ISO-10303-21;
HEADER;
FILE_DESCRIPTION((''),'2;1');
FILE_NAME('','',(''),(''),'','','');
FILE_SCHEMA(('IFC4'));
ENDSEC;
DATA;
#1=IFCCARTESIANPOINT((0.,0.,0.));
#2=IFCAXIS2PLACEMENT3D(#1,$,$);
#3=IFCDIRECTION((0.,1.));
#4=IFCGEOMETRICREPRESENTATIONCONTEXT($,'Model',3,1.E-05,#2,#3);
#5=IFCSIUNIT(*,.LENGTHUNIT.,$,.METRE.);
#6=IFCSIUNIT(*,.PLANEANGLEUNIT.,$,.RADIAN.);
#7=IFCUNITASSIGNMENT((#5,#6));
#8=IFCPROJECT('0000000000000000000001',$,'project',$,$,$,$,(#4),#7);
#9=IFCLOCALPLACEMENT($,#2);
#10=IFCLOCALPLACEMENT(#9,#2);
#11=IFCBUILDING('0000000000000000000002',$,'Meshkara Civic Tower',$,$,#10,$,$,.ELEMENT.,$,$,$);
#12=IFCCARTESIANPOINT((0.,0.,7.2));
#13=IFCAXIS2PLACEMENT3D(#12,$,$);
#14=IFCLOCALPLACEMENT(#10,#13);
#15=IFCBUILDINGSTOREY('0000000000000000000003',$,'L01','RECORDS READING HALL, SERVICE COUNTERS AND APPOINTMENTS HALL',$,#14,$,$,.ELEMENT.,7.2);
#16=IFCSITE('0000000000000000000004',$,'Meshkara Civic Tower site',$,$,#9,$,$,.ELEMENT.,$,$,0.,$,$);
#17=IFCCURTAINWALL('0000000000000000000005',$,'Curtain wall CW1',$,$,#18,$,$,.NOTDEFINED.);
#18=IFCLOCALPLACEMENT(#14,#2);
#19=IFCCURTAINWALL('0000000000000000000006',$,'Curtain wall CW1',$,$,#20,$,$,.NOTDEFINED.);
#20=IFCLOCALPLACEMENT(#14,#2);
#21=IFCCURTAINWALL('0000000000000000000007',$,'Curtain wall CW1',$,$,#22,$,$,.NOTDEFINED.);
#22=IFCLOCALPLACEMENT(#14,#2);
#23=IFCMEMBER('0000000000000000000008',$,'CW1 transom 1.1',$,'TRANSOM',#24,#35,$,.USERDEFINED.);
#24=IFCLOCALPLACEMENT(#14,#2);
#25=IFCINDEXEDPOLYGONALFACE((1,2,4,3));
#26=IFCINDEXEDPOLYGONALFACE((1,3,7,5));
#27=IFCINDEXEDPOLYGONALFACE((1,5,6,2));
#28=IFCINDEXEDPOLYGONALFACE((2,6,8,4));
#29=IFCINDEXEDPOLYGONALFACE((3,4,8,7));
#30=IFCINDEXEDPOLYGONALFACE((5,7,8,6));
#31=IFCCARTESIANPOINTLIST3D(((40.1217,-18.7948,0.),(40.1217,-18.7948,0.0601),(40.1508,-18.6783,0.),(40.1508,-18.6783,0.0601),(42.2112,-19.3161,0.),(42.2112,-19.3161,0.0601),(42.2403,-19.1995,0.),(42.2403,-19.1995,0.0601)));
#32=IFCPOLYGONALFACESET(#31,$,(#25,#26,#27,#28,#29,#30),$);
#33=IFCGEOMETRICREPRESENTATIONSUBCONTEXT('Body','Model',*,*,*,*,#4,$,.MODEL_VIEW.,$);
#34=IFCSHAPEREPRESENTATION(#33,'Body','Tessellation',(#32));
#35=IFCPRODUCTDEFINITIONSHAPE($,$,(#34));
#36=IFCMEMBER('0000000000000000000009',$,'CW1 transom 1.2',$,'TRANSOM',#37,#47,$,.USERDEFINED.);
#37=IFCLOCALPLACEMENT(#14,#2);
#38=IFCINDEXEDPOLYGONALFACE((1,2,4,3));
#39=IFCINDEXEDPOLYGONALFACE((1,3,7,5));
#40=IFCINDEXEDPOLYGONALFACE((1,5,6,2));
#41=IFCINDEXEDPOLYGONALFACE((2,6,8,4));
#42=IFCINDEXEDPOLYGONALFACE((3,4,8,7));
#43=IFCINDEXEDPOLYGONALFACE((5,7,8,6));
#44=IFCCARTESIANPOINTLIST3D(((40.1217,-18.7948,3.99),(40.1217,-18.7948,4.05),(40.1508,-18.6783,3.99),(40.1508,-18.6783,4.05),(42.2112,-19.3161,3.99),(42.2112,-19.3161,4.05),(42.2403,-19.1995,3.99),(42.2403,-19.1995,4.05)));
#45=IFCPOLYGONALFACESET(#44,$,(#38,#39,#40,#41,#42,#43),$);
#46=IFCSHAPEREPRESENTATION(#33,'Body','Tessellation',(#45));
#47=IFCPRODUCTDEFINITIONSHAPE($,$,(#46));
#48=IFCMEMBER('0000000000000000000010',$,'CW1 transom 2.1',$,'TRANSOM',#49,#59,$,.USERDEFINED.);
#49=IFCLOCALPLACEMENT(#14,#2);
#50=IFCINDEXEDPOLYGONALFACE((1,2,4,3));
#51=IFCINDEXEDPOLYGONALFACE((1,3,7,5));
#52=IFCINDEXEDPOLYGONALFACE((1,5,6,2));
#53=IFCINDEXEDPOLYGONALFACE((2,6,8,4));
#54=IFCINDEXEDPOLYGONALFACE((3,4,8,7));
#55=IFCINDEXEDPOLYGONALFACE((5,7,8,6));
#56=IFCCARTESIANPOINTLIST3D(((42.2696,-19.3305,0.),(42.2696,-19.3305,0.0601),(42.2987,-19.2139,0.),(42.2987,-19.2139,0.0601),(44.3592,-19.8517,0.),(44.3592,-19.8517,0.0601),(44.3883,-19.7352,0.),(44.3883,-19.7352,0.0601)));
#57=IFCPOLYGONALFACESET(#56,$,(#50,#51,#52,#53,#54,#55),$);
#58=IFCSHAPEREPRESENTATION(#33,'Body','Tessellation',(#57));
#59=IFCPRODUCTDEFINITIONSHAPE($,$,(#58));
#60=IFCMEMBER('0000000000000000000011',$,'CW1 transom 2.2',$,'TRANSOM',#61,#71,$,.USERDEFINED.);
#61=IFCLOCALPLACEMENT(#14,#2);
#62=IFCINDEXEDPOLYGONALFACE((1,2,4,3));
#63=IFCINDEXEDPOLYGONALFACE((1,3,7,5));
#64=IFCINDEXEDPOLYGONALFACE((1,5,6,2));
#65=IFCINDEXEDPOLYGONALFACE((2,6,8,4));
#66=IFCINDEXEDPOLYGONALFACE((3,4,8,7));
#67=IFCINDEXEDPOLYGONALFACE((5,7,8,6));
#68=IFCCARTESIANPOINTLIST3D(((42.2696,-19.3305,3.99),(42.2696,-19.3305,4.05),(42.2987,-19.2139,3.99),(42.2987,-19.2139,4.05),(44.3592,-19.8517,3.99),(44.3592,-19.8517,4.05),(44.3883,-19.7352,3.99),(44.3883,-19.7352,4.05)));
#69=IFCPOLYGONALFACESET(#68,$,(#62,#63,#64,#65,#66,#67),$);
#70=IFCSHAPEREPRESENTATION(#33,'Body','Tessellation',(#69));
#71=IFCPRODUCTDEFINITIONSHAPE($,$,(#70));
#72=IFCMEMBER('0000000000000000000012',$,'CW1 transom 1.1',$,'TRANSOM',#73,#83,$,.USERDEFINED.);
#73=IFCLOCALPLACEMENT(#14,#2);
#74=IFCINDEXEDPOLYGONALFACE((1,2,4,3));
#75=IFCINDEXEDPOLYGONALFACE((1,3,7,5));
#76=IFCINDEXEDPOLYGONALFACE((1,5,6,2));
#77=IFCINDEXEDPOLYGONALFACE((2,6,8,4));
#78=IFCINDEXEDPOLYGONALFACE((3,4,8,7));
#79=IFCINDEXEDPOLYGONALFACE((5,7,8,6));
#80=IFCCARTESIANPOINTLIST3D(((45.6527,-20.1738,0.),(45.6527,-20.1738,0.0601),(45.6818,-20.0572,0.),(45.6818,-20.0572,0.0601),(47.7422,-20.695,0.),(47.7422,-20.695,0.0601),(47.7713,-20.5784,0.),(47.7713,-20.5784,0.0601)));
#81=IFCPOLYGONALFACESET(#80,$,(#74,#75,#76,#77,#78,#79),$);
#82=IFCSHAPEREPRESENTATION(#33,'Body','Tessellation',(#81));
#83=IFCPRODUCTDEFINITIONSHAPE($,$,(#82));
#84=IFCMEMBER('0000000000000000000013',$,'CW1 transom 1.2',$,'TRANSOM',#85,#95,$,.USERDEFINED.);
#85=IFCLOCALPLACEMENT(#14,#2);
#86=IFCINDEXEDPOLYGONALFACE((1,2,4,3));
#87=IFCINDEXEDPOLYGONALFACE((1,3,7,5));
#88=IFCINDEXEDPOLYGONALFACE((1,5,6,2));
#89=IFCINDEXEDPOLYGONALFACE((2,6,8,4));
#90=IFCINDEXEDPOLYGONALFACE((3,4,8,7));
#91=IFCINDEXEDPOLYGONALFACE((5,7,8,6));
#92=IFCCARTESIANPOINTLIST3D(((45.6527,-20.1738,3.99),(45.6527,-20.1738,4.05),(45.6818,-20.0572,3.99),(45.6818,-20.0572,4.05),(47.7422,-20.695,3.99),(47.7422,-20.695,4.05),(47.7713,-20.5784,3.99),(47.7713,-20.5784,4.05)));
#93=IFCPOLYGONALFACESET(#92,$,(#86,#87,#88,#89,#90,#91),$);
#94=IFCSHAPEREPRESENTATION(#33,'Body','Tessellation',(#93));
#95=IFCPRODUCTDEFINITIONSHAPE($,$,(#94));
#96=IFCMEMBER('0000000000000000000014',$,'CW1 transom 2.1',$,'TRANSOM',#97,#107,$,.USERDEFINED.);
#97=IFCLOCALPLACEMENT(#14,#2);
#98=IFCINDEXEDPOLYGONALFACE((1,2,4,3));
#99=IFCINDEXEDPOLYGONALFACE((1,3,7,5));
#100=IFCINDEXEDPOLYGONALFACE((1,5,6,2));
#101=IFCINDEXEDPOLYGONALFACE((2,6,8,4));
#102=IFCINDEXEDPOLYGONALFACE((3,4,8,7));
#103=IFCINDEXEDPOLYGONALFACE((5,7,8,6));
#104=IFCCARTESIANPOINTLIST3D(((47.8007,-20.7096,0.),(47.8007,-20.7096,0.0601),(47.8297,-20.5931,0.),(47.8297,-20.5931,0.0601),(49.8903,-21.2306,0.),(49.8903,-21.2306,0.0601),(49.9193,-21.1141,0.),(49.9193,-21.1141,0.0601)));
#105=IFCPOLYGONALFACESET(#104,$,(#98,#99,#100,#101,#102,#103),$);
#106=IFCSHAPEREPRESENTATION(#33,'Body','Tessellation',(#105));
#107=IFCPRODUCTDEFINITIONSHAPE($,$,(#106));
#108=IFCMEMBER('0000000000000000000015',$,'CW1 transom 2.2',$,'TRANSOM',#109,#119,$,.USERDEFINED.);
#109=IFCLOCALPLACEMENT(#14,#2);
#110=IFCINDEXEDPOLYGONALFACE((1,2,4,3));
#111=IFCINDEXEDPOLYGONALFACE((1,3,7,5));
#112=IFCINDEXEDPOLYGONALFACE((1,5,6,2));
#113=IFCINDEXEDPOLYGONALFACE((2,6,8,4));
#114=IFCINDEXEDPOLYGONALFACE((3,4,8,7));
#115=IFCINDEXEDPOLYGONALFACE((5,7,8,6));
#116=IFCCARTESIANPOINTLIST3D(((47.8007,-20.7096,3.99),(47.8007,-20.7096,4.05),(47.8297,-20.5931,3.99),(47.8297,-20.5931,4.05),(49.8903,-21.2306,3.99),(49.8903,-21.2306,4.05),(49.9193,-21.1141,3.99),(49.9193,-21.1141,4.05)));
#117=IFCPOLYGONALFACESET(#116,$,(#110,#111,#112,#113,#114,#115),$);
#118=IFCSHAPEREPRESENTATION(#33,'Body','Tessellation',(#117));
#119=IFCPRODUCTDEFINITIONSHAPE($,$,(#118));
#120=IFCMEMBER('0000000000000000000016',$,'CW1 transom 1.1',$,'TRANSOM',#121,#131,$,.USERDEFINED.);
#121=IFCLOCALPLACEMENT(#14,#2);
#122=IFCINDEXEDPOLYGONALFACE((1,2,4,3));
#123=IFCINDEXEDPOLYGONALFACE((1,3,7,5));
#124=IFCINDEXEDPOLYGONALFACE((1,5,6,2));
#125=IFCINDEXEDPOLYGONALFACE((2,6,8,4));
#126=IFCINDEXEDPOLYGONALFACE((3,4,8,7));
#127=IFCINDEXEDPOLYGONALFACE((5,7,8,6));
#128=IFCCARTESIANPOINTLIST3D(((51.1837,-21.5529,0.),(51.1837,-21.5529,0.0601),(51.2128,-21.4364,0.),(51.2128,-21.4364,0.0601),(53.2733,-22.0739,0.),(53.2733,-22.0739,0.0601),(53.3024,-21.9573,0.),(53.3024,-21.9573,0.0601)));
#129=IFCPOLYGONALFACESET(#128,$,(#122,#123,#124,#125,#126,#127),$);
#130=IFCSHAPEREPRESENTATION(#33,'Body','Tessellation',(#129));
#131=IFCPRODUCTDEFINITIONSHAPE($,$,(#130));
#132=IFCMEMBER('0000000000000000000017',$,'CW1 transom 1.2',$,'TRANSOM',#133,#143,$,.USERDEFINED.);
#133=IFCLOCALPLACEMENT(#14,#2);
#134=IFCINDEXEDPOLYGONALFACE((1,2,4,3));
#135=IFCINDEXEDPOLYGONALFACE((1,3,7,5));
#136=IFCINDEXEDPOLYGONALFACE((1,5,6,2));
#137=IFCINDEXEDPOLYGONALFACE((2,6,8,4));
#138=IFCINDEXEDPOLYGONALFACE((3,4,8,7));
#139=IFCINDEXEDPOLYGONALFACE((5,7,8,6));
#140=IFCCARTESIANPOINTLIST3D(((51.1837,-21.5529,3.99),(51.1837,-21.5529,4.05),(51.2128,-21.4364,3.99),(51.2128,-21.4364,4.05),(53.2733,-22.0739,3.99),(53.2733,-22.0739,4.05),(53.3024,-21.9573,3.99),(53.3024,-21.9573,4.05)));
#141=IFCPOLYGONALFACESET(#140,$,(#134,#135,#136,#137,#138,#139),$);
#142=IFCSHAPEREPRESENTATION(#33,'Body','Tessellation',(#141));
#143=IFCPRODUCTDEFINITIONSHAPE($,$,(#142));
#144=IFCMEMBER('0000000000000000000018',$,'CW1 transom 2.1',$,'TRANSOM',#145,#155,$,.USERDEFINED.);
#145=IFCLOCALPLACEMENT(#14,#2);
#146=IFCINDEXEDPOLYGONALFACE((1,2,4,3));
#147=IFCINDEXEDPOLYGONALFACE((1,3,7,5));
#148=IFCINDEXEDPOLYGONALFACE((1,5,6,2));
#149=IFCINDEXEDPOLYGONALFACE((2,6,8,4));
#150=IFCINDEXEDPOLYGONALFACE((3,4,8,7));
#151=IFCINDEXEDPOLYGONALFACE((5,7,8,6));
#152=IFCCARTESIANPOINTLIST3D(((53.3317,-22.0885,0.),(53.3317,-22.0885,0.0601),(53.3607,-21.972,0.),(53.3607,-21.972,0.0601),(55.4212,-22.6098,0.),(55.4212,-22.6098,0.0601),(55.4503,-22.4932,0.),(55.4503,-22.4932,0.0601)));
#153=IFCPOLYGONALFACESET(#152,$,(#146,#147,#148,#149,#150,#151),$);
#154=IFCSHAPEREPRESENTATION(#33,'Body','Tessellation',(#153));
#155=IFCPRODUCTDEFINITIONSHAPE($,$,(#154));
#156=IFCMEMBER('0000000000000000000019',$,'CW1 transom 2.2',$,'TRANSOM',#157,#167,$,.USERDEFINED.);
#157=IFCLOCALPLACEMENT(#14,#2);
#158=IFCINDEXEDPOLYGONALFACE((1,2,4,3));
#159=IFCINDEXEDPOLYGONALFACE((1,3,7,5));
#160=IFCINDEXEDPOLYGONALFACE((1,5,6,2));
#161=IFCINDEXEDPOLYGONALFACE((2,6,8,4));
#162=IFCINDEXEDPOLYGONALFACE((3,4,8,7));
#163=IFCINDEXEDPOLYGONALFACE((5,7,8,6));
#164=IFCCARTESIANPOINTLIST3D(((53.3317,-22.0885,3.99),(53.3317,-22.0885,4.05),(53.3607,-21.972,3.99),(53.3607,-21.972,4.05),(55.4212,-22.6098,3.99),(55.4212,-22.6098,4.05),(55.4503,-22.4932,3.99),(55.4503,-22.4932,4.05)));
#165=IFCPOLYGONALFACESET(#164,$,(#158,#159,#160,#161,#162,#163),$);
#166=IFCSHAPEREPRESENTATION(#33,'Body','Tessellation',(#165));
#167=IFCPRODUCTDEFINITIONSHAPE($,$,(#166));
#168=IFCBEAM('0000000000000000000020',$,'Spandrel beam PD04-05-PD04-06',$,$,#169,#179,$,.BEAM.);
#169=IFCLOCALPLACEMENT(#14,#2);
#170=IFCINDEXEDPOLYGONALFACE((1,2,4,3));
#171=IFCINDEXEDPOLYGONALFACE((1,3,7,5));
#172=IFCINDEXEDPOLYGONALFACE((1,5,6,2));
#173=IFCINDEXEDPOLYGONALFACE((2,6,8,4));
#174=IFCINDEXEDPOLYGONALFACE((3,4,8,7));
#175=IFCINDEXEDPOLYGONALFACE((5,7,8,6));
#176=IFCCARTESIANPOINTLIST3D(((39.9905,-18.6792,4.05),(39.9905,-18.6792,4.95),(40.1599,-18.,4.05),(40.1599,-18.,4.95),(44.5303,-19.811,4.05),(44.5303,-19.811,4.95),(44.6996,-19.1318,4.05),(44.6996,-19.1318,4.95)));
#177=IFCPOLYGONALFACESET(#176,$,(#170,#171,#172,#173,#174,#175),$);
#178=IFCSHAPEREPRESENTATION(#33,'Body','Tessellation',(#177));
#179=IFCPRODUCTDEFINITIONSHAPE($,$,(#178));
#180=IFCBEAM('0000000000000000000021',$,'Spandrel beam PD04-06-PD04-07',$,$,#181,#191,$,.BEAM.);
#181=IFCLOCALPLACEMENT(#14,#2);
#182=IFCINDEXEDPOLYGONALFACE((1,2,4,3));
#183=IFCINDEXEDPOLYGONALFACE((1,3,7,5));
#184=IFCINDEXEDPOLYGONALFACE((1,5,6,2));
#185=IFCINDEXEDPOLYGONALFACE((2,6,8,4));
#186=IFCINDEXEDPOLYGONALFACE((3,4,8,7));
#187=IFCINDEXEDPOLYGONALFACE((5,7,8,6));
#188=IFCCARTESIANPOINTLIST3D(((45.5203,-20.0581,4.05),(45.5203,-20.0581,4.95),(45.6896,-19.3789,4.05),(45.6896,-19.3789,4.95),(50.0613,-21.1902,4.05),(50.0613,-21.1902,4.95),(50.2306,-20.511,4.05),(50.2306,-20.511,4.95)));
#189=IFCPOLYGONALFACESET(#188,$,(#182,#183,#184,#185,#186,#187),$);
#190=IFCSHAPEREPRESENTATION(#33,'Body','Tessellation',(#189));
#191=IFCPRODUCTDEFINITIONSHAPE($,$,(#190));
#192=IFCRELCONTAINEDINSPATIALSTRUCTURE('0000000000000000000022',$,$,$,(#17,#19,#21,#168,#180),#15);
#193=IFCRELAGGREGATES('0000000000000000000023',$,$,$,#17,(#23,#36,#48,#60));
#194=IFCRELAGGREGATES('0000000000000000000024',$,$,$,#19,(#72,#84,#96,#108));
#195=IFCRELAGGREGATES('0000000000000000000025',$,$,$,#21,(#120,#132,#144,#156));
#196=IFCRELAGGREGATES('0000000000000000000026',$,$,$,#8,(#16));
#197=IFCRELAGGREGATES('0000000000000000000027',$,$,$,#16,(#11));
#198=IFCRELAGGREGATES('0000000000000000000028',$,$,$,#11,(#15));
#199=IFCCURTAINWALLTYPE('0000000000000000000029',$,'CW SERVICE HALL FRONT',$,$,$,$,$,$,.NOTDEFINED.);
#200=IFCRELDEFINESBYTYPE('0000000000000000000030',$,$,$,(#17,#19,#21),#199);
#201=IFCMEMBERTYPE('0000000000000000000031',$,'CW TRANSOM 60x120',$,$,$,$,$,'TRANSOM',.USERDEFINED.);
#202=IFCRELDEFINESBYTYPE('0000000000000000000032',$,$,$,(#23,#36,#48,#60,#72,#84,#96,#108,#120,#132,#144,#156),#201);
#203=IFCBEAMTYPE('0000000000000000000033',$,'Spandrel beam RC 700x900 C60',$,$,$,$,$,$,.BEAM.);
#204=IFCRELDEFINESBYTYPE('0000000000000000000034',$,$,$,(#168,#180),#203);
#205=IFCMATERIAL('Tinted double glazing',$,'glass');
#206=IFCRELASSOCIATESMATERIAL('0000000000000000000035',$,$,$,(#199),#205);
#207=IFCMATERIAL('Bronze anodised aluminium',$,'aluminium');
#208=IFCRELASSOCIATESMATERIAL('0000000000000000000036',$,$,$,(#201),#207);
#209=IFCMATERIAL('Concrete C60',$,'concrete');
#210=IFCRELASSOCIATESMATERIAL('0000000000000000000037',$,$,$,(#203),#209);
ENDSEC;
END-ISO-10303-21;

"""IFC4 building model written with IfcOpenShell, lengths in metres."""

from ifc_helpers import new_model, si_unit, direction, frame, origin, origin_2d, place, context, subcontext, project, spatial, rectangle, extrude, material, material_profile, profile_set, type_object, element, aggregate, save


model = new_model("IFC4")

# Units and contexts
model_context = context("Model", 3, precision=1e-05, world=origin(), true_north=direction((0.0, 1.0)))
body_context = subcontext(model_context, "Body", "Model", "MODEL_VIEW")
ifc_project = project(units=[si_unit("LENGTHUNIT", "METRE"), si_unit("PLANEANGLEUNIT", "RADIAN")], contexts=[model_context])

# Site, building, storey
site_placement = place(None, origin())
site = spatial("IfcSite", under=ifc_project, at=site_placement, Name="Meshkara Civic Tower site", CompositionType="ELEMENT", RefElevation=0.0)
building_placement = place(site_placement, origin())
building = spatial("IfcBuilding", under=site, at=building_placement, Name="Meshkara Civic Tower", CompositionType="ELEMENT")
storey_placement = place(building_placement, frame((0.0, 0.0, 7.2)))
storey = spatial("IfcBuildingStorey", under=building, at=storey_placement, Name="L01", Description="RECORDS READING HALL, SERVICE COUNTERS AND APPOINTMENTS HALL", CompositionType="ELEMENT", Elevation=7.2)

# Shared definitions
ifc_material_1 = material(Name="Tinted double glazing", Category="glass")
curtain_wall_type = type_object("IfcCurtainWallType", Name="CW SERVICE HALL FRONT", PredefinedType="NOTDEFINED", material=ifc_material_1)

# Curtain walls
curtain_wall_1_placement = place(storey_placement, origin())
curtain_wall_1 = element("IfcCurtainWall", 1, at=curtain_wall_1_placement, inside=storey, type_object=curtain_wall_type, Name="Curtain wall CW1", PredefinedType="NOTDEFINED")
curtain_wall_2_placement = place(storey_placement, origin())
curtain_wall_2 = element("IfcCurtainWall", 2, at=curtain_wall_2_placement, inside=storey, type_object=curtain_wall_type, Name="Curtain wall CW1", PredefinedType="NOTDEFINED")
curtain_wall_3_placement = place(storey_placement, origin())
curtain_wall_3 = element("IfcCurtainWall", 3, at=curtain_wall_3_placement, inside=storey, type_object=curtain_wall_type, Name="Curtain wall CW1", PredefinedType="NOTDEFINED")

# Members
ifc_material_2 = material(Name="Bronze anodised aluminium", Category="aluminium")
ifc_material_profile_1 = material_profile(ifc_material_2, rectangle(XDim=0.1201, YDim=0.0601, at=origin_2d()))
ifc_profile_set_1 = profile_set([ifc_material_profile_1], Name="Bronze anodised aluminium")
member_type_1 = type_object("IfcMemberType", Name="CW TRANSOM 60x120", ElementType="TRANSOM", PredefinedType="USERDEFINED", material=ifc_profile_set_1)
member_1_placement = place(storey_placement, frame((40.1362, -18.7366, 0.03), z_axis=(0.970269, -0.242029, 0.0), x_axis=(0.242029, 0.970269, 0.0)))
member_1 = element("IfcMember", 4, at=member_1_placement, type_object=member_type_1, Name="CW1 transom 1.1", ObjectType="TRANSOM", PredefinedType="USERDEFINED", context=body_context, shape_type="SweptSolid", body=[
    extrude(rectangle(XDim=0.1201, YDim=0.0601, at=origin_2d()), origin(), (0.0, 0.0, 1.0), 2.1536),
])
member_2_placement = place(storey_placement, frame((40.1362, -18.7366, 4.02), z_axis=(0.970269, -0.242029, 0.0), x_axis=(0.242029, 0.970269, 0.0)))
member_2 = element("IfcMember", 5, at=member_2_placement, type_object=member_type_1, Name="CW1 transom 1.2", ObjectType="TRANSOM", PredefinedType="USERDEFINED", context=body_context, shape_type="SweptSolid", body=[
    extrude(rectangle(XDim=0.1201, YDim=0.0601, at=origin_2d()), origin(), (0.0, 0.0, 1.0), 2.1536),
])
member_3_placement = place(storey_placement, frame((42.2842, -19.2722, 0.03), z_axis=(0.970269, -0.242029, 0.0), x_axis=(0.242029, 0.970269, 0.0)))
member_3 = element("IfcMember", 6, at=member_3_placement, type_object=member_type_1, Name="CW1 transom 2.1", ObjectType="TRANSOM", PredefinedType="USERDEFINED", context=body_context, shape_type="SweptSolid", body=[
    extrude(rectangle(XDim=0.1201, YDim=0.0601, at=origin_2d()), origin(), (0.0, 0.0, 1.0), 2.1536),
])
member_4_placement = place(storey_placement, frame((42.2842, -19.2722, 4.02), z_axis=(0.970269, -0.242029, 0.0), x_axis=(0.242029, 0.970269, 0.0)))
member_4 = element("IfcMember", 7, at=member_4_placement, type_object=member_type_1, Name="CW1 transom 2.2", ObjectType="TRANSOM", PredefinedType="USERDEFINED", context=body_context, shape_type="SweptSolid", body=[
    extrude(rectangle(XDim=0.1201, YDim=0.0601, at=origin_2d()), origin(), (0.0, 0.0, 1.0), 2.1536),
])
member_5_placement = place(storey_placement, frame((45.6672, -20.1155, 0.03), z_axis=(0.970269, -0.242029, 0.0), x_axis=(0.242029, 0.970269, 0.0)))
member_5 = element("IfcMember", 8, at=member_5_placement, type_object=member_type_1, Name="CW1 transom 1.1", ObjectType="TRANSOM", PredefinedType="USERDEFINED", context=body_context, shape_type="SweptSolid", body=[
    extrude(rectangle(XDim=0.1201, YDim=0.0601, at=origin_2d()), origin(), (0.0, 0.0, 1.0), 2.1536),
])
member_6_placement = place(storey_placement, frame((45.6672, -20.1155, 4.02), z_axis=(0.970269, -0.242029, 0.0), x_axis=(0.242029, 0.970269, 0.0)))
member_6 = element("IfcMember", 9, at=member_6_placement, type_object=member_type_1, Name="CW1 transom 1.2", ObjectType="TRANSOM", PredefinedType="USERDEFINED", context=body_context, shape_type="SweptSolid", body=[
    extrude(rectangle(XDim=0.1201, YDim=0.0601, at=origin_2d()), origin(), (0.0, 0.0, 1.0), 2.1536),
])
member_7_placement = place(storey_placement, frame((47.8152, -20.6514, 0.03), z_axis=(0.970296, -0.241922, 0.0), x_axis=(0.241922, 0.970296, 0.0)))
member_7 = element("IfcMember", 10, at=member_7_placement, type_object=member_type_1, Name="CW1 transom 2.1", ObjectType="TRANSOM", PredefinedType="USERDEFINED", context=body_context, shape_type="SweptSolid", body=[
    extrude(rectangle(XDim=0.1201, YDim=0.0601, at=origin_2d()), origin(), (0.0, 0.0, 1.0), 2.1536),
])
member_8_placement = place(storey_placement, frame((47.8152, -20.6514, 4.02), z_axis=(0.970296, -0.241922, 0.0), x_axis=(0.241922, 0.970296, 0.0)))
member_8 = element("IfcMember", 11, at=member_8_placement, type_object=member_type_1, Name="CW1 transom 2.2", ObjectType="TRANSOM", PredefinedType="USERDEFINED", context=body_context, shape_type="SweptSolid", body=[
    extrude(rectangle(XDim=0.1201, YDim=0.0601, at=origin_2d()), origin(), (0.0, 0.0, 1.0), 2.1536),
])
member_9_placement = place(storey_placement, frame((51.1982, -21.4946, 0.03), z_axis=(0.970296, -0.241922, 0.0), x_axis=(0.241922, 0.970296, 0.0)))
member_9 = element("IfcMember", 12, at=member_9_placement, type_object=member_type_1, Name="CW1 transom 1.1", ObjectType="TRANSOM", PredefinedType="USERDEFINED", context=body_context, shape_type="SweptSolid", body=[
    extrude(rectangle(XDim=0.1201, YDim=0.0601, at=origin_2d()), origin(), (0.0, 0.0, 1.0), 2.1536),
])
member_10_placement = place(storey_placement, frame((51.1982, -21.4946, 4.02), z_axis=(0.970296, -0.241922, 0.0), x_axis=(0.241922, 0.970296, 0.0)))
member_10 = element("IfcMember", 13, at=member_10_placement, type_object=member_type_1, Name="CW1 transom 1.2", ObjectType="TRANSOM", PredefinedType="USERDEFINED", context=body_context, shape_type="SweptSolid", body=[
    extrude(rectangle(XDim=0.1201, YDim=0.0601, at=origin_2d()), origin(), (0.0, 0.0, 1.0), 2.1536),
])
member_11_placement = place(storey_placement, frame((53.3462, -22.0303, 0.03), z_axis=(0.970269, -0.242029, 0.0), x_axis=(0.242029, 0.970269, 0.0)))
member_11 = element("IfcMember", 14, at=member_11_placement, type_object=member_type_1, Name="CW1 transom 2.1", ObjectType="TRANSOM", PredefinedType="USERDEFINED", context=body_context, shape_type="SweptSolid", body=[
    extrude(rectangle(XDim=0.1201, YDim=0.0601, at=origin_2d()), origin(), (0.0, 0.0, 1.0), 2.1536),
])
member_12_placement = place(storey_placement, frame((53.3462, -22.0303, 4.02), z_axis=(0.970269, -0.242029, 0.0), x_axis=(0.242029, 0.970269, 0.0)))
member_12 = element("IfcMember", 15, at=member_12_placement, type_object=member_type_1, Name="CW1 transom 2.2", ObjectType="TRANSOM", PredefinedType="USERDEFINED", context=body_context, shape_type="SweptSolid", body=[
    extrude(rectangle(XDim=0.1201, YDim=0.0601, at=origin_2d()), origin(), (0.0, 0.0, 1.0), 2.1536),
])

# Beams
ifc_material_3 = material(Name="Concrete C60", Category="concrete")
ifc_material_profile_2 = material_profile(ifc_material_3, rectangle(XDim=0.7, YDim=0.8999, at=origin_2d()))
ifc_profile_set_2 = profile_set([ifc_material_profile_2], Name="Concrete C60")
beam_type = type_object("IfcBeamType", Name="Spandrel beam RC 700x900 C60", PredefinedType="BEAM", material=ifc_profile_set_2)
beam_placement = place(storey_placement, frame((40.0752, -18.3396, 4.5), z_axis=(0.970299, -0.241909, 0.0), x_axis=(0.241909, 0.970299, 0.0)))
element("IfcBeam", 16, at=beam_placement, inside=storey, type_object=beam_type, Name="Spandrel beam PD04-05-PD04-06", PredefinedType="BEAM", context=body_context, shape_type="SweptSolid", body=[
    extrude(rectangle(XDim=0.7, YDim=0.8999, at=origin_2d()), origin(), (0.0, 0.0, 1.0), 4.6787),
])
for number, where, z_axis, x_axis, name in (
    (17, (45.605, -19.7185, 4.5), (0.970302, -0.241897, 0.0), (0.241897, 0.970302, 0.0), "Spandrel beam PD04-06-PD04-07"),
):
    element("IfcBeam", number, at=place(storey_placement, frame(where, z_axis=z_axis, x_axis=x_axis)), inside=storey, type_object=beam_type, Name=name, PredefinedType="BEAM", context=body_context, shape_type="SweptSolid", body=[
        extrude(rectangle(XDim=0.7, YDim=0.8999, at=origin_2d()), origin(), (0.0, 0.0, 1.0), 4.6799),
    ])

aggregate(curtain_wall_1, [member_1, member_2, member_3, member_4])
aggregate(curtain_wall_2, [member_5, member_6, member_7, member_8])
aggregate(curtain_wall_3, [member_9, member_10, member_11, member_12])

save(model, "model.ifc")
